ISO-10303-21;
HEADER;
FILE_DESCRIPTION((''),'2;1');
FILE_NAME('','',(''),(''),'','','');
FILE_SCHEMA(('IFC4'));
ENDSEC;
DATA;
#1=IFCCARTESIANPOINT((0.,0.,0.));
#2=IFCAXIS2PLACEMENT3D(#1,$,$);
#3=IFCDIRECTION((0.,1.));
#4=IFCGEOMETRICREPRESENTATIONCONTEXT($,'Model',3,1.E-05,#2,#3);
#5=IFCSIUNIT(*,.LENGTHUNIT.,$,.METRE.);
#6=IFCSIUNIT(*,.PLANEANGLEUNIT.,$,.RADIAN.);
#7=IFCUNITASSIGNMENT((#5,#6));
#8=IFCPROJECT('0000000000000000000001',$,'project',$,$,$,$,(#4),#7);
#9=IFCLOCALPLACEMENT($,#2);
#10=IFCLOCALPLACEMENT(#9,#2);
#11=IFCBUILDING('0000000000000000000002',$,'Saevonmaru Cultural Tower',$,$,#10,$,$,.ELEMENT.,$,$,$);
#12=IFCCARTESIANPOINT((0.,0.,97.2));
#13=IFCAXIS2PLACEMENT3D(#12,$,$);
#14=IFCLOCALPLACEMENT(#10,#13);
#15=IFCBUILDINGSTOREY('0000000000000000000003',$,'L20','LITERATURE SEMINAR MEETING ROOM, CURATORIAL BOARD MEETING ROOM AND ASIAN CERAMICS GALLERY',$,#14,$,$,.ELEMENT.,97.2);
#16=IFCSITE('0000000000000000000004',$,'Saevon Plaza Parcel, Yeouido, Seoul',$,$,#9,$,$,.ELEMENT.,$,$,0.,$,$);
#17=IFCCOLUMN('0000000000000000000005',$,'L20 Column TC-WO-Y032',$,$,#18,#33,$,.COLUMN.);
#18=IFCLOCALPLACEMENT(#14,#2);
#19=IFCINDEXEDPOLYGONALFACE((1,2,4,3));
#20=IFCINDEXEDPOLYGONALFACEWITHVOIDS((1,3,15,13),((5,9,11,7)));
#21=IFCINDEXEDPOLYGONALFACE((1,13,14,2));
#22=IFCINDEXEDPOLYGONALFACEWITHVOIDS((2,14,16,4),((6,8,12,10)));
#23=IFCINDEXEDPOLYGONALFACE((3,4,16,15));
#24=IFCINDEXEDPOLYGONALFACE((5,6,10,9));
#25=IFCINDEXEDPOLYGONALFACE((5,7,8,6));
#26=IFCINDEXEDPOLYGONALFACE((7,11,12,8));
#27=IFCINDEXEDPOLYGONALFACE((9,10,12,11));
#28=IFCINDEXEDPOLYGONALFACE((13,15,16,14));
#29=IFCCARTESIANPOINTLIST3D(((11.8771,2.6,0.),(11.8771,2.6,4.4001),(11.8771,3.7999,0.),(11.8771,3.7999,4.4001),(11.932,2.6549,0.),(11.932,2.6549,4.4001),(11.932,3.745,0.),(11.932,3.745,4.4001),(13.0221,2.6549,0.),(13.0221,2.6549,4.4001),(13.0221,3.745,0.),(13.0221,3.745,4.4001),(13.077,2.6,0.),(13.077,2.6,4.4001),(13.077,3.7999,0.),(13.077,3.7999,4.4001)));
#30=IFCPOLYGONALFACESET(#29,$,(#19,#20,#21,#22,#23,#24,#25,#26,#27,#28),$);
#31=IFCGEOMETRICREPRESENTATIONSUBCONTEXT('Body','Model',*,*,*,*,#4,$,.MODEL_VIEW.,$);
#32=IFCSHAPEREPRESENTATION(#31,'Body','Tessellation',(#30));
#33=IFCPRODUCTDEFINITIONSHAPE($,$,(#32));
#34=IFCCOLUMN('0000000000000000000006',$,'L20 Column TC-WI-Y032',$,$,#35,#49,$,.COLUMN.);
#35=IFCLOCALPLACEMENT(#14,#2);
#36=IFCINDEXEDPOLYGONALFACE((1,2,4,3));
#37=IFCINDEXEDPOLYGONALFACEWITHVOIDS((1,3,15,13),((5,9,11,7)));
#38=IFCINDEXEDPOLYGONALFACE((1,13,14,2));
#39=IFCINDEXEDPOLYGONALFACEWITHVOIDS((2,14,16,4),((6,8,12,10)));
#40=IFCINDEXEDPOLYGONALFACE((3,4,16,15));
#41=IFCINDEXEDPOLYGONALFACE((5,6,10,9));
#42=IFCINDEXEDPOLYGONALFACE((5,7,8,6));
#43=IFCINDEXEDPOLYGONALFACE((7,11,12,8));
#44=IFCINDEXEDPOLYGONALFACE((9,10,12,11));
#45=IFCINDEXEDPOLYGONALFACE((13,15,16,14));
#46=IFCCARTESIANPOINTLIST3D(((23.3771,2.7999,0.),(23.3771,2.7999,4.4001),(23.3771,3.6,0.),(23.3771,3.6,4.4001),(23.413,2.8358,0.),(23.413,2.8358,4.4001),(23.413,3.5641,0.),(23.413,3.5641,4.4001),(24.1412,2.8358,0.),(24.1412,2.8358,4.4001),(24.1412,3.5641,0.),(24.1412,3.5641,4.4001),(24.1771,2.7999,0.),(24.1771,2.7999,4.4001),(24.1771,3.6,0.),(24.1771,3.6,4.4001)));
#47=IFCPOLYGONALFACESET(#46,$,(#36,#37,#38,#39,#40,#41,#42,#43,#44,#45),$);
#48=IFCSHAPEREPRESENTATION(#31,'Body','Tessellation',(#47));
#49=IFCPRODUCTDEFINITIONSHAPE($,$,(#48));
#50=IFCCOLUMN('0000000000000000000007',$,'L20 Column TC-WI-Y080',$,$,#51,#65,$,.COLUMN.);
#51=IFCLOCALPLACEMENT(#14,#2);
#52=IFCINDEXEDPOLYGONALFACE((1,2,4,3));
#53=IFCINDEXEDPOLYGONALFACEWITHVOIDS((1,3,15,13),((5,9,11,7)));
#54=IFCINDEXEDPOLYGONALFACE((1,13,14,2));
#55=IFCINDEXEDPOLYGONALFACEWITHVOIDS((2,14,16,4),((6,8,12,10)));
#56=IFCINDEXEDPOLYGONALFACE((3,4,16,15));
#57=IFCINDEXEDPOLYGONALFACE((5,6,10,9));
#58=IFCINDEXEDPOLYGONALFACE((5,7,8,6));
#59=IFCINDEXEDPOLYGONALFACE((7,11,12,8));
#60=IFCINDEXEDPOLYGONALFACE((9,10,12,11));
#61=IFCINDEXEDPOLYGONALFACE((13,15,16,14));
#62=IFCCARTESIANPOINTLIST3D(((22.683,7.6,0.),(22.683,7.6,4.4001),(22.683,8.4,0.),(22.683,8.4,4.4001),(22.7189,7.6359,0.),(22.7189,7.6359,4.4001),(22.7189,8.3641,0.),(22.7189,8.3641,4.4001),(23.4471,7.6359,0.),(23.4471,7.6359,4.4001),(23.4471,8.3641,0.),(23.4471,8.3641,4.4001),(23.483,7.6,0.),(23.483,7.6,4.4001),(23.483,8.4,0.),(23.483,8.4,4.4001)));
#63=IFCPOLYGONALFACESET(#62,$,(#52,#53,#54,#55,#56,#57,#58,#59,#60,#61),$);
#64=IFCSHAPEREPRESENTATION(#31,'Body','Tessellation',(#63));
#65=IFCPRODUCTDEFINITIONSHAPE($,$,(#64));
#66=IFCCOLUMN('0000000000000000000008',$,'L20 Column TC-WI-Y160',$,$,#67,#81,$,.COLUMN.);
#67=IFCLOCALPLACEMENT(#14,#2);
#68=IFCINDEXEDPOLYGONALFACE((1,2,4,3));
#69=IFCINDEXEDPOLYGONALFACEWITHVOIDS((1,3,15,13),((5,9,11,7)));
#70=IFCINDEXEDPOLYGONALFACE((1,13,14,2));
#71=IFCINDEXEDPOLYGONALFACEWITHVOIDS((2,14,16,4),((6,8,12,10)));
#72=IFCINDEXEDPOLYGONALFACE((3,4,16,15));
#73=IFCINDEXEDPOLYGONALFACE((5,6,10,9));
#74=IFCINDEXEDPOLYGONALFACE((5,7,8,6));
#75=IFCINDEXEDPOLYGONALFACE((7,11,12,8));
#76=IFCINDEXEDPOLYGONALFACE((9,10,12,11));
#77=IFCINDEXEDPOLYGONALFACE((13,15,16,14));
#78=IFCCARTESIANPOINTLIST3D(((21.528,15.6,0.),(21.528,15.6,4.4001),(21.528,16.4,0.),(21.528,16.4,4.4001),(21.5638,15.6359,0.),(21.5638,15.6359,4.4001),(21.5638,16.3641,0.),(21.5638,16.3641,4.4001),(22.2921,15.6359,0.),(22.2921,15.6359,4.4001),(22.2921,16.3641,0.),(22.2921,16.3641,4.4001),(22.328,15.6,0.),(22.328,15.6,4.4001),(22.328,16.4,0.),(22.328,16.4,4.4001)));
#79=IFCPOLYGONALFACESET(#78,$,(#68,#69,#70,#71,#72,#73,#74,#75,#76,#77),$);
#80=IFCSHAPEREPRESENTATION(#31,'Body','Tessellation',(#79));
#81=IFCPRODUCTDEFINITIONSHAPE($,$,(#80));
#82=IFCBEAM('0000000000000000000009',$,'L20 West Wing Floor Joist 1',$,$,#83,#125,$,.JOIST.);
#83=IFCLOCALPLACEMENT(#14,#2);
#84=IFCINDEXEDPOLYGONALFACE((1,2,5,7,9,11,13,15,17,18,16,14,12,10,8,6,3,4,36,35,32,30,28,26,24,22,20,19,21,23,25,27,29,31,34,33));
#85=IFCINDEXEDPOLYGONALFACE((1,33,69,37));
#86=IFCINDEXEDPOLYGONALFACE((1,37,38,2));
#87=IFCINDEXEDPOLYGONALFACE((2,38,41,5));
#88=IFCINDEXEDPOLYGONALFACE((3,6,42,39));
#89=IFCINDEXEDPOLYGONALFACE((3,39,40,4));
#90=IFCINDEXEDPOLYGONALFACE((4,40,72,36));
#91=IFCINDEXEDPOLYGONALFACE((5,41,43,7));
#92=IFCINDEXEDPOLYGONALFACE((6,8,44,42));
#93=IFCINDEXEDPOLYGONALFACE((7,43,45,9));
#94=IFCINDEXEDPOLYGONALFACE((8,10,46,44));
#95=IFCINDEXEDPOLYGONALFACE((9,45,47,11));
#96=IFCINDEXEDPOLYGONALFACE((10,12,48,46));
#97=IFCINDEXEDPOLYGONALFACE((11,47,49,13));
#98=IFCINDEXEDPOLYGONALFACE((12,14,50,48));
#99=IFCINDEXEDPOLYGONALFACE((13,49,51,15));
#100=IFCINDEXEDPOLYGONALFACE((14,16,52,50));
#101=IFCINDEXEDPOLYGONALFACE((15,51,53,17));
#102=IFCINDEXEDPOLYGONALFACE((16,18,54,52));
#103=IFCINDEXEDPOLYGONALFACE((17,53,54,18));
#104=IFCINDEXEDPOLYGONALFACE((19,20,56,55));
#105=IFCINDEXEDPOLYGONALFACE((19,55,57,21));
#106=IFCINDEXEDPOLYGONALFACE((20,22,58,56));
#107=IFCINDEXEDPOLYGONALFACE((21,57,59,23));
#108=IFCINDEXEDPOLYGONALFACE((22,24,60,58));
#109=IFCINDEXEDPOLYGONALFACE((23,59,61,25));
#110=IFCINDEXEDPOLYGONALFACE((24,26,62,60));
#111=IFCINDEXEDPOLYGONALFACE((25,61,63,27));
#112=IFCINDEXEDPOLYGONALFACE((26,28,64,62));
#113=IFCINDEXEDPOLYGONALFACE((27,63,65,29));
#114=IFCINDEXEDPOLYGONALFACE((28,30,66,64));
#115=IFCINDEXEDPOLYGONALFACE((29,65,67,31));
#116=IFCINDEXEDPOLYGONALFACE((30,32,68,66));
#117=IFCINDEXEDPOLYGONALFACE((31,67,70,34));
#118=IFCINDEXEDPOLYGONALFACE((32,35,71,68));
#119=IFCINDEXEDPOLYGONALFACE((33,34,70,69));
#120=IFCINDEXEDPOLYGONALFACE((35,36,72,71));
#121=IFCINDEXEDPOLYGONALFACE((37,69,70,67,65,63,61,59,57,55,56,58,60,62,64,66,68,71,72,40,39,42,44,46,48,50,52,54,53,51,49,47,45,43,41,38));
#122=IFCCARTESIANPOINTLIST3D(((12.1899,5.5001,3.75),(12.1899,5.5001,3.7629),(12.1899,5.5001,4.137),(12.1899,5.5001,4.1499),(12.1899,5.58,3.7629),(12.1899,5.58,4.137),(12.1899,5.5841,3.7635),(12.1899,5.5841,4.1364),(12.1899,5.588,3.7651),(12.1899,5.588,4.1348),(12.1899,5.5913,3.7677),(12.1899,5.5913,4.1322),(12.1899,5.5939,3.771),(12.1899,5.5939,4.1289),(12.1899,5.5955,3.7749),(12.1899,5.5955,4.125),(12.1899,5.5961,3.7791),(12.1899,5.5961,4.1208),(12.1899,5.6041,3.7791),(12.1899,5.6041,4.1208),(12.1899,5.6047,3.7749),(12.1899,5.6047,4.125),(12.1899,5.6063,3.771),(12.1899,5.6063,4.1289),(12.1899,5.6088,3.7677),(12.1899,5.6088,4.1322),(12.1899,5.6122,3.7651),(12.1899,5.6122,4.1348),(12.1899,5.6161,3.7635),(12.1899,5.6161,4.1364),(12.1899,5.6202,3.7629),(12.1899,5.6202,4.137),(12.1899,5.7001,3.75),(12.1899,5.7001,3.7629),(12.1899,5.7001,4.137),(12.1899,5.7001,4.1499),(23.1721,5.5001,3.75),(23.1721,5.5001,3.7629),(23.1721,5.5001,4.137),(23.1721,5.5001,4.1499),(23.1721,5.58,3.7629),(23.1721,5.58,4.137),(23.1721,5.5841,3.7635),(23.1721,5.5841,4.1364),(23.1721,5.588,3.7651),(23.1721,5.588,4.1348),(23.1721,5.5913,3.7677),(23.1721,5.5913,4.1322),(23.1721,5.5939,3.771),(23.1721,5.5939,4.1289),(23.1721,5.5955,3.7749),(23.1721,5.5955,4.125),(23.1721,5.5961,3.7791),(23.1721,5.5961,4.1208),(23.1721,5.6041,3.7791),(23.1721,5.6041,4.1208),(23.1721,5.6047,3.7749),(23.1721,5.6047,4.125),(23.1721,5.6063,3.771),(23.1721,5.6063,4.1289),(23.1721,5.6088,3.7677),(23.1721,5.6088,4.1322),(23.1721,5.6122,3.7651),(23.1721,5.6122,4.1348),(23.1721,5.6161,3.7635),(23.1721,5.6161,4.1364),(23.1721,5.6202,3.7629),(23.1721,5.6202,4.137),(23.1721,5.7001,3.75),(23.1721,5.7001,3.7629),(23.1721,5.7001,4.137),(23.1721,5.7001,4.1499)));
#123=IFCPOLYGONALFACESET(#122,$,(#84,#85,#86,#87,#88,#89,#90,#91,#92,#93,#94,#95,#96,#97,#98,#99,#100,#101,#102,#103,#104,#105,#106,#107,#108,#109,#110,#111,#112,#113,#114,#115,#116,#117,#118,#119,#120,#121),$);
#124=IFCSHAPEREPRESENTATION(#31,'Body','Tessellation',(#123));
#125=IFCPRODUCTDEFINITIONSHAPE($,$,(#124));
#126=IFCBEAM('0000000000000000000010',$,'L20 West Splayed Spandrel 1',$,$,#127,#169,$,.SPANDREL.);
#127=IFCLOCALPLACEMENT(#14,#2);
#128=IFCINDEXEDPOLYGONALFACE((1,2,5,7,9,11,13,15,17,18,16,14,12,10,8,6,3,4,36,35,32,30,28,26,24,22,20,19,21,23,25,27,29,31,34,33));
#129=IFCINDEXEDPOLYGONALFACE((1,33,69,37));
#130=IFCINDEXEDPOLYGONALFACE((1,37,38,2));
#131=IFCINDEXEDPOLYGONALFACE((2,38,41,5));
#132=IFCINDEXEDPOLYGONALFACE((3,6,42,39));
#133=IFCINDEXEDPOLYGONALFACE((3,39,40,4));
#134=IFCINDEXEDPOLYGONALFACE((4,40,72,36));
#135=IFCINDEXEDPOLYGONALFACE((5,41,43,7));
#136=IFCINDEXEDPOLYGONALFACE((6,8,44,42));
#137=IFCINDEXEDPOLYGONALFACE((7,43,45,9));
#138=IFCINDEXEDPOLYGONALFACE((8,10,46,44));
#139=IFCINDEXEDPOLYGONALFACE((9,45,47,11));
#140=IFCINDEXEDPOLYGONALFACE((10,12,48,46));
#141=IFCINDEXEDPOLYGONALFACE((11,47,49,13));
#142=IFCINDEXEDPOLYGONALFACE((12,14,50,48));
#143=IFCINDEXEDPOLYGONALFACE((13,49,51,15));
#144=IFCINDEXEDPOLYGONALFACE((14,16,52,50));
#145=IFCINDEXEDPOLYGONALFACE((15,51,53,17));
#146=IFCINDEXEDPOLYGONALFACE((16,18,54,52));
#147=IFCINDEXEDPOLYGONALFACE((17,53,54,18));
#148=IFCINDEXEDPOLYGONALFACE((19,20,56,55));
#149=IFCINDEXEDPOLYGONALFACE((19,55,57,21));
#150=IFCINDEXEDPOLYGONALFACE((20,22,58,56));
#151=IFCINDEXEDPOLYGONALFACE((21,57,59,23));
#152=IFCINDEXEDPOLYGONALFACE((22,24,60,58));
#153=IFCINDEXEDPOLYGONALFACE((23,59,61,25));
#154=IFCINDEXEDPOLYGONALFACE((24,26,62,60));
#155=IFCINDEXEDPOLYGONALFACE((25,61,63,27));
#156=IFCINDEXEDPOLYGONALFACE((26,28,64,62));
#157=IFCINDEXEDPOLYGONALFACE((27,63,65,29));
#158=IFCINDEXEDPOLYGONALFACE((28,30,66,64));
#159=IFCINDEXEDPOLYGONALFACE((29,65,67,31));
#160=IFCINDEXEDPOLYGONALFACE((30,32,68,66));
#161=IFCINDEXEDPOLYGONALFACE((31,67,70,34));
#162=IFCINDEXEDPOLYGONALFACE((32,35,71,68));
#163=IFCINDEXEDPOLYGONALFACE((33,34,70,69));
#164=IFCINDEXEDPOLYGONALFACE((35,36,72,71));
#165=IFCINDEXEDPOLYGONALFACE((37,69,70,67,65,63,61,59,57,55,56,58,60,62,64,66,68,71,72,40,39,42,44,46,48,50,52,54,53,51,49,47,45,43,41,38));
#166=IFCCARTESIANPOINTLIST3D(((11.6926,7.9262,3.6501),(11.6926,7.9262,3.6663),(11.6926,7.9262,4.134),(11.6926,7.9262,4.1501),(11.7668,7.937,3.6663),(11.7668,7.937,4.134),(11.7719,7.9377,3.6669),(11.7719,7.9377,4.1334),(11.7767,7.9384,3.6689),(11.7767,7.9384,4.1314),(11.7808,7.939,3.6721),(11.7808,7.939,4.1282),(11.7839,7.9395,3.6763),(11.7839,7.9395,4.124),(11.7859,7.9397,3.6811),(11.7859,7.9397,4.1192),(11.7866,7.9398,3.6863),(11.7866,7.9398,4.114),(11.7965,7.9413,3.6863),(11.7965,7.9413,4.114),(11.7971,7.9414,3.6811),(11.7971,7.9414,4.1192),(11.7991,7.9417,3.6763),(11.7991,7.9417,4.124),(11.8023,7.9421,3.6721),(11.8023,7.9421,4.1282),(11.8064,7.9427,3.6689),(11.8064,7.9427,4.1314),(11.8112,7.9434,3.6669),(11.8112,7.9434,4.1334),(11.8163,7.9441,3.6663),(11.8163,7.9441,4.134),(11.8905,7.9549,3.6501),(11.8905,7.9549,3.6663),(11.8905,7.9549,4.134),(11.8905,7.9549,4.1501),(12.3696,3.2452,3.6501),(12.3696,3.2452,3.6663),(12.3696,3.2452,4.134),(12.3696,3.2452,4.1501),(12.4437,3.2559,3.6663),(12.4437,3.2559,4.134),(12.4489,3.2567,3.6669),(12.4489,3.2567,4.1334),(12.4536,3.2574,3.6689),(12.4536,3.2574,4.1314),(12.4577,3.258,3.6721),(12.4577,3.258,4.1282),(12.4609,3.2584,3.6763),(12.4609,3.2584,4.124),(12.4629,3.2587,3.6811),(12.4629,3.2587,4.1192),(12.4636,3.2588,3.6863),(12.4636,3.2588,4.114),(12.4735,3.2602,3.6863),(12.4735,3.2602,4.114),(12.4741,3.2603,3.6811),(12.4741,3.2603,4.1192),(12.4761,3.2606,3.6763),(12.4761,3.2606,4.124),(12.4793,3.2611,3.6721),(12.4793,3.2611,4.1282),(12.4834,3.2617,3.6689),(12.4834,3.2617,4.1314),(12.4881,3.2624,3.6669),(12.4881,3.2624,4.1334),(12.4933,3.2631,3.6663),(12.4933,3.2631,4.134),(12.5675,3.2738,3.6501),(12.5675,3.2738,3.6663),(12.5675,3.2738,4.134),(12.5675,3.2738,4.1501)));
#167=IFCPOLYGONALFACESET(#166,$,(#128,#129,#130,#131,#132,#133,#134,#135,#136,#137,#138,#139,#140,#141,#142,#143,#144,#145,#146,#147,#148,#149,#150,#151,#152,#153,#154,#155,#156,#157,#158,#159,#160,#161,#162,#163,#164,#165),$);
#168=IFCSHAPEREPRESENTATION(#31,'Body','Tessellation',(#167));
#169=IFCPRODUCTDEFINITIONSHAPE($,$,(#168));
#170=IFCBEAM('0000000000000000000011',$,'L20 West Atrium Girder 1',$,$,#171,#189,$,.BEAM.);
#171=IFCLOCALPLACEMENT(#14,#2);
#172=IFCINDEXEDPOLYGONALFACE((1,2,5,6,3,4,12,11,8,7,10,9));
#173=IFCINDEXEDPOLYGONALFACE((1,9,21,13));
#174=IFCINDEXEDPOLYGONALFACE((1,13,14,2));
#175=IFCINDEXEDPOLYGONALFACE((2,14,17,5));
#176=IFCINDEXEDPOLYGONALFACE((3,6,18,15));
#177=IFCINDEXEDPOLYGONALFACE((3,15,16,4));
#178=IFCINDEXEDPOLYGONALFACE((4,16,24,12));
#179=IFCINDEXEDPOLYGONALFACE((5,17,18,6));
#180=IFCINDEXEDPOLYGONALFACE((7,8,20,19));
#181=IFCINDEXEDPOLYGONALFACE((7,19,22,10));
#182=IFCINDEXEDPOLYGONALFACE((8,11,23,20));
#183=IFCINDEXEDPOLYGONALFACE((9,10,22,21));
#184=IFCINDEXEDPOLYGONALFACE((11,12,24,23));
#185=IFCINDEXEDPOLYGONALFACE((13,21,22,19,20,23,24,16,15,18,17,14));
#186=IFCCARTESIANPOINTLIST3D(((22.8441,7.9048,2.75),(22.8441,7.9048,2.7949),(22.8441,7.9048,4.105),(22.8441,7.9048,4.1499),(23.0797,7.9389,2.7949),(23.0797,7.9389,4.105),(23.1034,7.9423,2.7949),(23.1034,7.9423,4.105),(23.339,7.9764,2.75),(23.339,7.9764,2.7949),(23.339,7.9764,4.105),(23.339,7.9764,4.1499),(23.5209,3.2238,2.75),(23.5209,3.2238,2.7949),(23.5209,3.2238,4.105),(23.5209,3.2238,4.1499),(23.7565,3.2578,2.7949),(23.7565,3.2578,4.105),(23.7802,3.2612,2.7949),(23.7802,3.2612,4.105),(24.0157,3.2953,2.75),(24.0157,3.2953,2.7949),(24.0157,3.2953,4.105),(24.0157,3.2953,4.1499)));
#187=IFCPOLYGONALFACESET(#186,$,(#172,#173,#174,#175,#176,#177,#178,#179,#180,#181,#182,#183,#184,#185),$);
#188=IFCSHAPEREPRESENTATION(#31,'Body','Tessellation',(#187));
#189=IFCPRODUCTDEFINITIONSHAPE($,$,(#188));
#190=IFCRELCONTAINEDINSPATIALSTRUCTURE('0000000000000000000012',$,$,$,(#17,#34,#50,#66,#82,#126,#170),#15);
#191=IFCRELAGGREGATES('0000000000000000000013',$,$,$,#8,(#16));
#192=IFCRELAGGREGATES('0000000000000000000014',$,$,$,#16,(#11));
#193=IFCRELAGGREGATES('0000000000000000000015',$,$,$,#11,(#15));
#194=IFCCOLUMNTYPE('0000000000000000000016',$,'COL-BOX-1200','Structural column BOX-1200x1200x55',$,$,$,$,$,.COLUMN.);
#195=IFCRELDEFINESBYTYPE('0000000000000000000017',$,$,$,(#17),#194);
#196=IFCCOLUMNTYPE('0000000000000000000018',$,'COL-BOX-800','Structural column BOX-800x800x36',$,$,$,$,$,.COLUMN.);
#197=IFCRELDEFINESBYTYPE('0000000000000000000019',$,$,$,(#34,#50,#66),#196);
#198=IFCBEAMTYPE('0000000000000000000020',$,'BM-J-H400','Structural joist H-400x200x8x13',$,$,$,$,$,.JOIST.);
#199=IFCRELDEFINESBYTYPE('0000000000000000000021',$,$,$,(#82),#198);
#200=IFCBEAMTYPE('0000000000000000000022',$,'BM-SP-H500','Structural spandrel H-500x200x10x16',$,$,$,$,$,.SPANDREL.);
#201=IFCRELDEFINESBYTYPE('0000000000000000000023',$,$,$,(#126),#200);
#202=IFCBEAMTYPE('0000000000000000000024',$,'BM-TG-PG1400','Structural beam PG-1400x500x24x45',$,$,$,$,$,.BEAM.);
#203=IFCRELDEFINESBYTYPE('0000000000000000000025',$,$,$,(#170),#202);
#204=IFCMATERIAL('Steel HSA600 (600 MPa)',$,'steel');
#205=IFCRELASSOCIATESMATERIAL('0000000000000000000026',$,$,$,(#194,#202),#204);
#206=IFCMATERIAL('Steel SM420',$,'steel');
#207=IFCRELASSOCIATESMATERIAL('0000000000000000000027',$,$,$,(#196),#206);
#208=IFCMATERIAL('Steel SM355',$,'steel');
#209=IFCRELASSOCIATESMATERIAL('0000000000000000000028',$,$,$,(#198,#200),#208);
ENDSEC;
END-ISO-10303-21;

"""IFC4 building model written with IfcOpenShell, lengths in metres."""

from ifc_helpers import new_model, si_unit, direction, frame, origin, origin_2d, place, context, subcontext, project, spatial, hollow_rectangle, i_section, extrude, material, material_profile, profile_set, type_object, element, save


model = new_model("IFC4")

# Units and contexts
model_context = context("Model", 3, precision=1e-05, world=origin(), true_north=direction((0.0, 1.0)))
body_context = subcontext(model_context, "Body", "Model", "MODEL_VIEW")
ifc_project = project(units=[si_unit("LENGTHUNIT", "METRE"), si_unit("PLANEANGLEUNIT", "RADIAN")], contexts=[model_context])

# Site, building, storey
site_placement = place(None, origin())
site = spatial("IfcSite", under=ifc_project, at=site_placement, Name="Saevon Plaza Parcel, Yeouido, Seoul", CompositionType="ELEMENT", RefElevation=0.0)
building_placement = place(site_placement, origin())
building = spatial("IfcBuilding", under=site, at=building_placement, Name="Saevonmaru Cultural Tower", CompositionType="ELEMENT")
storey_placement = place(building_placement, frame((0.0, 0.0, 97.2)))
storey = spatial("IfcBuildingStorey", under=building, at=storey_placement, Name="L20", Description="LITERATURE SEMINAR MEETING ROOM, CURATORIAL BOARD MEETING ROOM AND ASIAN CERAMICS GALLERY", CompositionType="ELEMENT", Elevation=97.2)

# Columns
ifc_material_1 = material(Name="Steel HSA600 (600 MPa)", Category="steel")
ifc_material_profile_1 = material_profile(ifc_material_1, hollow_rectangle(XDim=1.2, YDim=1.2, WallThickness=0.0549, at=origin_2d()), Name="BOX-1200x1200x55")
ifc_profile_set_1 = profile_set([ifc_material_profile_1], Name="Steel HSA600 (600 MPa)")
column_type_1 = type_object("IfcColumnType", Name="COL-BOX-1200", Description="Structural column BOX-1200x1200x55", PredefinedType="COLUMN", material=ifc_profile_set_1)
column_placement = place(storey_placement, frame((12.4771, 3.2, 0.0), z_axis=(0.0, 0.0, 1.0), x_axis=(1.0, 0.0, 0.0)))
element("IfcColumn", 1, at=column_placement, inside=storey, type_object=column_type_1, Name="L20 Column TC-WO-Y032", PredefinedType="COLUMN", context=body_context, shape_type="SweptSolid", body=[
    extrude(hollow_rectangle(XDim=1.2, YDim=1.2, WallThickness=0.0549, at=origin_2d()), origin(), (0.0, 0.0, 1.0), 4.4001),
])
ifc_material_2 = material(Name="Steel SM420", Category="steel")
ifc_material_profile_2 = material_profile(ifc_material_2, hollow_rectangle(XDim=0.8, YDim=0.8, WallThickness=0.0359, at=origin_2d()), Name="BOX-800x800x36")
ifc_profile_set_2 = profile_set([ifc_material_profile_2], Name="Steel SM420")
column_type_2 = type_object("IfcColumnType", Name="COL-BOX-800", Description="Structural column BOX-800x800x36", PredefinedType="COLUMN", material=ifc_profile_set_2)
for number, where, z_axis, x_axis, name in (
    (2, (23.7771, 3.2, 0.0), (0.0, 0.0, 1.0), (1.0, 0.0, 0.0), "L20 Column TC-WI-Y032"),
    (3, (23.083, 8.0, 0.0), (0.0, 0.0, 1.0), (1.0, 0.0, 0.0), "L20 Column TC-WI-Y080"),
    (4, (21.928, 16.0, 0.0), (0.0, 0.0, 1.0), (1.0, 0.0, 0.0), "L20 Column TC-WI-Y160"),
):
    element("IfcColumn", number, at=place(storey_placement, frame(where, z_axis=z_axis, x_axis=x_axis)), inside=storey, type_object=column_type_2, Name=name, PredefinedType="COLUMN", context=body_context, shape_type="SweptSolid", body=[
        extrude(hollow_rectangle(XDim=0.8, YDim=0.8, WallThickness=0.0359, at=origin_2d()), origin(), (0.0, 0.0, 1.0), 4.4001),
    ])

# Beams
ifc_material_3 = material(Name="Steel SM355", Category="steel")
ifc_material_profile_3 = material_profile(ifc_material_3, i_section(OverallWidth=0.2, OverallDepth=0.3999, WebThickness=0.0081, FlangeThickness=0.0129, FilletRadius=0.0161, at=origin_2d()), Name="H-400x200x8x13")
ifc_profile_set_3 = profile_set([ifc_material_profile_3], Name="Steel SM355")
beam_type_1 = type_object("IfcBeamType", Name="BM-J-H400", Description="Structural joist H-400x200x8x13", PredefinedType="JOIST", material=ifc_profile_set_3)
beam_1_placement = place(storey_placement, frame((12.1899, 5.6001, 3.95), z_axis=(1.0, 0.0, 0.0), x_axis=(0.0, 1.0, 0.0)))
element("IfcBeam", 5, at=beam_1_placement, inside=storey, type_object=beam_type_1, Name="L20 West Wing Floor Joist 1", PredefinedType="JOIST", context=body_context, shape_type="SweptSolid", body=[
    extrude(i_section(OverallWidth=0.2, OverallDepth=0.3999, WebThickness=0.0081, FlangeThickness=0.0129, FilletRadius=0.0161, at=origin_2d()), origin(), (0.0, 0.0, 1.0), 10.9822),
])
ifc_material_profile_4 = material_profile(ifc_material_3, i_section(OverallWidth=0.2, OverallDepth=0.5, WebThickness=0.01, FlangeThickness=0.0161, FilletRadius=0.02, at=origin_2d()), Name="H-500x200x10x16")
ifc_profile_set_4 = profile_set([ifc_material_profile_4], Name="Steel SM355")
beam_type_2 = type_object("IfcBeamType", Name="BM-SP-H500", Description="Structural spandrel H-500x200x10x16", PredefinedType="SPANDREL", material=ifc_profile_set_4)
beam_2_placement = place(storey_placement, frame((12.4685, 3.2595, 3.9001), z_axis=(-0.143134, 0.989703, 0.0), x_axis=(-0.989703, -0.143134, 0.0)))
element("IfcBeam", 6, at=beam_2_placement, inside=storey, type_object=beam_type_2, Name="L20 West Splayed Spandrel 1", PredefinedType="SPANDREL", context=body_context, shape_type="SweptSolid", body=[
    extrude(i_section(OverallWidth=0.2, OverallDepth=0.5, WebThickness=0.01, FlangeThickness=0.0161, FilletRadius=0.02, at=origin_2d()), origin(), (0.0, 0.0, 1.0), 4.7297),
])
ifc_material_profile_5 = material_profile(ifc_material_1, i_section(OverallWidth=0.5, OverallDepth=1.3999, WebThickness=0.0239, FlangeThickness=0.0449, at=origin_2d()), Name="PG-1400x500x24x45")
ifc_profile_set_5 = profile_set([ifc_material_profile_5], Name="Steel HSA600 (600 MPa)")
beam_type_3 = type_object("IfcBeamType", Name="BM-TG-PG1400", Description="Structural beam PG-1400x500x24x45", PredefinedType="BEAM", material=ifc_profile_set_5)
beam_3_placement = place(storey_placement, frame((23.7683, 3.2595, 3.45), z_axis=(-0.143083, 0.989711, 0.0), x_axis=(-0.989711, -0.143083, 0.0)))
element("IfcBeam", 7, at=beam_3_placement, inside=storey, type_object=beam_type_3, Name="L20 West Atrium Girder 1", PredefinedType="BEAM", context=body_context, shape_type="SweptSolid", body=[
    extrude(i_section(OverallWidth=0.5, OverallDepth=1.3999, WebThickness=0.0239, FlangeThickness=0.0449, at=origin_2d()), origin(), (0.0, 0.0, 1.0), 4.7297),
])

save(model, "model.ifc")
